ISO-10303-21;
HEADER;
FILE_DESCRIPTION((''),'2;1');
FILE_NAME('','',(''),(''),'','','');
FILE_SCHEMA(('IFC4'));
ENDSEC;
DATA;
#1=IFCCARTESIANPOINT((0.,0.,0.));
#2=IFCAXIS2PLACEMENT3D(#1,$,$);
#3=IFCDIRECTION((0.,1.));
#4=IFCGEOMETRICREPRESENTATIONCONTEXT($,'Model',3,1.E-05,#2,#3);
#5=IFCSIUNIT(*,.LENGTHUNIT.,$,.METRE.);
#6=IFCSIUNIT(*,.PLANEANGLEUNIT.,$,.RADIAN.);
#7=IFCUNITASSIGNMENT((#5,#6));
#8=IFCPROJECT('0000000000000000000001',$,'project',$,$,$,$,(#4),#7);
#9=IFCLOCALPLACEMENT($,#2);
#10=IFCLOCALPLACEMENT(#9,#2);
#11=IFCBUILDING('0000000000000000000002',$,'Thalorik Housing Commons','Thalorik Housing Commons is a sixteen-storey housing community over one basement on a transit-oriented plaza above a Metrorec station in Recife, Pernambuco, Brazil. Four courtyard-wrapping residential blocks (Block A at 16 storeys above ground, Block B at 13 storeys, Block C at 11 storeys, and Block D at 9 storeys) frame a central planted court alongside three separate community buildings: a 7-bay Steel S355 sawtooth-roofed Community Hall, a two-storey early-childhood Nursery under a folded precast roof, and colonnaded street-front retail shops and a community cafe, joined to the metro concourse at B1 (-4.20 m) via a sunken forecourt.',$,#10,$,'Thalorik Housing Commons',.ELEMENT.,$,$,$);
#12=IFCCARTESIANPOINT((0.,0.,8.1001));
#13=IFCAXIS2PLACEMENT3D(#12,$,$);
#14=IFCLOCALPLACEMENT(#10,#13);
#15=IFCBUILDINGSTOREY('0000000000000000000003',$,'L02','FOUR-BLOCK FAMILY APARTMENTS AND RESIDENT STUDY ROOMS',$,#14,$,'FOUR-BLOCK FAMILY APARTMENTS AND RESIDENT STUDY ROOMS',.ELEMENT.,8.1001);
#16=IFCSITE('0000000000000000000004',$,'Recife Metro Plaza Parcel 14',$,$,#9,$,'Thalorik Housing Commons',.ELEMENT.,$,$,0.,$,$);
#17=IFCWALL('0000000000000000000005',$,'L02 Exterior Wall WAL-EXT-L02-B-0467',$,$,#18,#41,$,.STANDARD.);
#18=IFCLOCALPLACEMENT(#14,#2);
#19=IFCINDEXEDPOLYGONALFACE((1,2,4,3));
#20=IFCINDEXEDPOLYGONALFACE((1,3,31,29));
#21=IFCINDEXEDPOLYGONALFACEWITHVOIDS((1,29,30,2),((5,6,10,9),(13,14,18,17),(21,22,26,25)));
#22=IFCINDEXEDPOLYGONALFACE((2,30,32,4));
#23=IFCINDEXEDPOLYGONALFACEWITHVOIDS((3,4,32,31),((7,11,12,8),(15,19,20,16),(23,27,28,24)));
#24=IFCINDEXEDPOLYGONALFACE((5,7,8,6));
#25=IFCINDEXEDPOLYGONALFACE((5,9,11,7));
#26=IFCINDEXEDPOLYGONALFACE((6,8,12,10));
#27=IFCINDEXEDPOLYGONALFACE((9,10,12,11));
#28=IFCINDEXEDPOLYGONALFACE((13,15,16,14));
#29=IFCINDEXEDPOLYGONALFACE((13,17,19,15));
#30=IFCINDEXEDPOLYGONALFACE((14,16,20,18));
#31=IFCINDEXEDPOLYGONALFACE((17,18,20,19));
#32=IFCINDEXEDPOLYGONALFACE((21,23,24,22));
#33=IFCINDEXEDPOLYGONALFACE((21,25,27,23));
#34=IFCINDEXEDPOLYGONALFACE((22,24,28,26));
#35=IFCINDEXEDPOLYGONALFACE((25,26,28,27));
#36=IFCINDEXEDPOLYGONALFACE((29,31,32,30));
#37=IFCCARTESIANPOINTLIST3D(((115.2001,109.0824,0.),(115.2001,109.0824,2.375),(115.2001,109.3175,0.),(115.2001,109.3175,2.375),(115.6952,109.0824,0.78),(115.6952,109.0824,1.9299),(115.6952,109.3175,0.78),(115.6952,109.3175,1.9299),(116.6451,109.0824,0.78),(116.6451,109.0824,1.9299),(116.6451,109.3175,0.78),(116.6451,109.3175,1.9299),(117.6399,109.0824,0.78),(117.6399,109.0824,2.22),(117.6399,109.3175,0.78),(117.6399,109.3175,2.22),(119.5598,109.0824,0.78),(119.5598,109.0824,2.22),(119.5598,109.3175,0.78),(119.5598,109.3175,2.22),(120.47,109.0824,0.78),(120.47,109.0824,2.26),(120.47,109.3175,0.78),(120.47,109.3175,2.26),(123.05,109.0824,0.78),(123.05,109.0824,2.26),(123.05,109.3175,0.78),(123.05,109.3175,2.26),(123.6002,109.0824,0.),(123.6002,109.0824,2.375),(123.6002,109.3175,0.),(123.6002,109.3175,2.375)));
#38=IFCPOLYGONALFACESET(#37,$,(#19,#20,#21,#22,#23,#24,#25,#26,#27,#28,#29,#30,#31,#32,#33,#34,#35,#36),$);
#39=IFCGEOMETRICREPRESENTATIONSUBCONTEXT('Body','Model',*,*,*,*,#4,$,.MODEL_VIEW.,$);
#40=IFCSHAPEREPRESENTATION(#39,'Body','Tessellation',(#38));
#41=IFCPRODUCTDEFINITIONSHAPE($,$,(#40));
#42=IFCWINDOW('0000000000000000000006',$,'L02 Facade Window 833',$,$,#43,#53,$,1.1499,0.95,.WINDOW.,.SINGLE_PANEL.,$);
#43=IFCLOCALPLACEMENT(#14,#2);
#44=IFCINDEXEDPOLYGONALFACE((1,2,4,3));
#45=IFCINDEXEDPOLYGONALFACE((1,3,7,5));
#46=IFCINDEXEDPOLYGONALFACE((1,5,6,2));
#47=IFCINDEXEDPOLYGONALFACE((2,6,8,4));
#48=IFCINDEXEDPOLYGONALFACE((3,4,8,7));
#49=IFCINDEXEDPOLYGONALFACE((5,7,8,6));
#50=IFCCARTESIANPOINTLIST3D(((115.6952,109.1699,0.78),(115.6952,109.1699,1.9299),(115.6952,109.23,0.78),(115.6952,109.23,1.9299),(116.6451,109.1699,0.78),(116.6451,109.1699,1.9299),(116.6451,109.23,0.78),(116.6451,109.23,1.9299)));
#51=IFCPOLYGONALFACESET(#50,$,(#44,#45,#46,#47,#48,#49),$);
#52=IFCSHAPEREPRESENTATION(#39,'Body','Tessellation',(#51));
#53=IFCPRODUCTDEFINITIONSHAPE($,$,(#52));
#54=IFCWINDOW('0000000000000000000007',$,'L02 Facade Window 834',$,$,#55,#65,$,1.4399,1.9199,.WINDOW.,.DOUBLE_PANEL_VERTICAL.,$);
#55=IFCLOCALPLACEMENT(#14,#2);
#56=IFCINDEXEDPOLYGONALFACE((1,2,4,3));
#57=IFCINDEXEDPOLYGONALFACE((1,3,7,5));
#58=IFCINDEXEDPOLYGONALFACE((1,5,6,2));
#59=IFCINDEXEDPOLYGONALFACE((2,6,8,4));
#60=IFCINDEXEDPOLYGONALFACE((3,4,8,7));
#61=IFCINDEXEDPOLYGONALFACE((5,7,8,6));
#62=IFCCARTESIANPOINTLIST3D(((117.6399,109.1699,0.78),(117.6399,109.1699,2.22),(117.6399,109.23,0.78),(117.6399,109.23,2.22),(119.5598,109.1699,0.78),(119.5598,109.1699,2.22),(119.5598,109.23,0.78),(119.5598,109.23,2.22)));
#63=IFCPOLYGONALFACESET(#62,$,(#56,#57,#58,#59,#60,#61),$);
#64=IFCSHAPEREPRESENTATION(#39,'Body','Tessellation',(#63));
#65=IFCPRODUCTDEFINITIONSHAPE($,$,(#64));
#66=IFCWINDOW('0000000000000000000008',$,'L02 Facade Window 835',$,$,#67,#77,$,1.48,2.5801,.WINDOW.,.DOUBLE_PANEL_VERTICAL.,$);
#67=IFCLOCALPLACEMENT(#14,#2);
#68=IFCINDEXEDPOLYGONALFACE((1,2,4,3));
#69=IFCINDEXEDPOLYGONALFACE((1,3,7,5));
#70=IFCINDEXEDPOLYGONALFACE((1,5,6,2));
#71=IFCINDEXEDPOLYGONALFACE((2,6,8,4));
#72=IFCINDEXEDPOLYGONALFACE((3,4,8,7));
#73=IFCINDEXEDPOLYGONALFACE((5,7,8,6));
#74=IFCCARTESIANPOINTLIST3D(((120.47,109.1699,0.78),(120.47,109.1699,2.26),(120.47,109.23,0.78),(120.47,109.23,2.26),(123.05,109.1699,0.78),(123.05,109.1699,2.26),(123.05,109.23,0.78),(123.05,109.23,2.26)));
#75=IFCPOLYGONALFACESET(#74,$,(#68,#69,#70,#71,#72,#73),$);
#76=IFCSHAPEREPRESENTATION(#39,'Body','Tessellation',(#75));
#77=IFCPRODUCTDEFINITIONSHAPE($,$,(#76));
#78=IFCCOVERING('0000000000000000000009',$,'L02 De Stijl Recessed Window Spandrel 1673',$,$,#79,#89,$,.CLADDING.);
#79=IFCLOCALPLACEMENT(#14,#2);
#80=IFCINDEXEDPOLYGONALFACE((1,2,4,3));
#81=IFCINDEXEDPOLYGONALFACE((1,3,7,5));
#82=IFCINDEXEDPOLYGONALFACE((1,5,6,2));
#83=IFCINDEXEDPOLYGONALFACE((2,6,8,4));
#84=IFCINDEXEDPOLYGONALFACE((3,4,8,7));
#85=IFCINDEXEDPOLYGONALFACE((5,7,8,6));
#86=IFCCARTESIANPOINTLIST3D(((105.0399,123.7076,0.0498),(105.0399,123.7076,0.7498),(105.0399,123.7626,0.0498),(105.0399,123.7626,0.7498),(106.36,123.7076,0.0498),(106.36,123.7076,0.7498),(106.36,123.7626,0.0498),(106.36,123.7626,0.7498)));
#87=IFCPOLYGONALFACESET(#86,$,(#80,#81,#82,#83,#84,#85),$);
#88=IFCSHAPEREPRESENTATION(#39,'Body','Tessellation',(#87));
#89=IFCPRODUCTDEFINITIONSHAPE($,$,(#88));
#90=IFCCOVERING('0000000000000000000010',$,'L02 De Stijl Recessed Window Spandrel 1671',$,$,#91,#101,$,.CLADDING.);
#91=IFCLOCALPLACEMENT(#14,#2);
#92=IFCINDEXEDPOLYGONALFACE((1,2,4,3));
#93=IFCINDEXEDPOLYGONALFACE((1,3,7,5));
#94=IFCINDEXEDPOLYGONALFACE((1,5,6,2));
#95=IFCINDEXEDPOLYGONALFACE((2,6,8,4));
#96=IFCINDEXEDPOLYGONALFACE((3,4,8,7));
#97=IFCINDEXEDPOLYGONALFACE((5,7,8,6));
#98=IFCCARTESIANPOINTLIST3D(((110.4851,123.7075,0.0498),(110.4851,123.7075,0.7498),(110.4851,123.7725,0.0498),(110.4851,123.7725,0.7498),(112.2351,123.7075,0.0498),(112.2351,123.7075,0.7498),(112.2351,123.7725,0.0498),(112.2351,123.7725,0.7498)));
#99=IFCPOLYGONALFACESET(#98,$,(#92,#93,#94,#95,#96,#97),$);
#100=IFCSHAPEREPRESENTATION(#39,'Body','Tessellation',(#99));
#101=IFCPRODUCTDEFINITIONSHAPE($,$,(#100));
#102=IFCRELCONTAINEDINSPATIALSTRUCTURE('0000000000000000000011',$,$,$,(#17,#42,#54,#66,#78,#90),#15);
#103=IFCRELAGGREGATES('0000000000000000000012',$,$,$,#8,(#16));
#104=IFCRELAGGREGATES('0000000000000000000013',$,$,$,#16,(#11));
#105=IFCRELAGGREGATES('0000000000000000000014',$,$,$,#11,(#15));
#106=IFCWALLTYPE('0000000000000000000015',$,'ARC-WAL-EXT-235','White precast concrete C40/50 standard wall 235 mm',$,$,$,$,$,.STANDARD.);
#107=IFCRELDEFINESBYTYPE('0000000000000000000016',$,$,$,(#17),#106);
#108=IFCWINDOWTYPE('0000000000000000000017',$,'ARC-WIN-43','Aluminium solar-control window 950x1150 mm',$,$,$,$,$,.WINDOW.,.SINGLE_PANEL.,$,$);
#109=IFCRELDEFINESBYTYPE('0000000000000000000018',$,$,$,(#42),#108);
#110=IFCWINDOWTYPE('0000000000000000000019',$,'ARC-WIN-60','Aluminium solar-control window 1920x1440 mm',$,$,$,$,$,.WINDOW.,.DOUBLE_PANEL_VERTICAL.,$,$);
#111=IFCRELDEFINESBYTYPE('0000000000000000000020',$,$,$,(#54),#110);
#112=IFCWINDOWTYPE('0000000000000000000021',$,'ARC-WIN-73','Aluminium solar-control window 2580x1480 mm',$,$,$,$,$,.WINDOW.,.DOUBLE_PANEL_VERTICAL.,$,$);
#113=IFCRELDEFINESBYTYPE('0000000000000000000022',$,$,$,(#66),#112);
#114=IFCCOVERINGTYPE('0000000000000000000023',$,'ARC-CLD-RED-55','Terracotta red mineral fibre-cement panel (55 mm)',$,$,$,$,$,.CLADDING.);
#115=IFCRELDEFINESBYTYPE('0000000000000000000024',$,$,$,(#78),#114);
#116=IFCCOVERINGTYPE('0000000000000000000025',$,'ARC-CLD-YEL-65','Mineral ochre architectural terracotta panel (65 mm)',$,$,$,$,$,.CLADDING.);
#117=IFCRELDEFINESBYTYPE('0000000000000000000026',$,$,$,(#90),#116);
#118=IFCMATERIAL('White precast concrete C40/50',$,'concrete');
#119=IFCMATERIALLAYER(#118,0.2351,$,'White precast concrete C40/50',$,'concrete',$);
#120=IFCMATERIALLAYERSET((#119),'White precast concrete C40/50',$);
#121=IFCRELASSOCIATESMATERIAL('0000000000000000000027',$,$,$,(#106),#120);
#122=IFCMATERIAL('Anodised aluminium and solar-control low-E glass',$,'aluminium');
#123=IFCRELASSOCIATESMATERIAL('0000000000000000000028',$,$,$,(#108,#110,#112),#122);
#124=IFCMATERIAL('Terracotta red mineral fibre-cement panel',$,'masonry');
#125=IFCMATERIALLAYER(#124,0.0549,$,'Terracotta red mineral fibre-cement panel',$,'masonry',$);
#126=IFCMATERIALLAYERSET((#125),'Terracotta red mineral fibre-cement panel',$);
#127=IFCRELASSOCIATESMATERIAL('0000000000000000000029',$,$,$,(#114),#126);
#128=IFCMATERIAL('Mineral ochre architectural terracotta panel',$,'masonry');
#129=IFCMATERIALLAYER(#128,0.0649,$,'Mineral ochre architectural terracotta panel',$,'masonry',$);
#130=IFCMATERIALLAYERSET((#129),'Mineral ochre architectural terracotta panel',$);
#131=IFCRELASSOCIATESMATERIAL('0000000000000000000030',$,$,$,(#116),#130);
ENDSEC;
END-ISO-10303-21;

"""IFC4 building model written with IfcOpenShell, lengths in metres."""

from ifc_helpers import new_model, si_unit, direction, frame, frame_2d, origin, origin_2d, place, context, subcontext, project, spatial, rectangle, extrude, material, layer, layer_set, type_object, element, fill, save


model = new_model("IFC4")

# Units and contexts
model_context = context("Model", 3, precision=1e-05, world=origin(), true_north=direction((0.0, 1.0)))
body_context = subcontext(model_context, "Body", "Model", "MODEL_VIEW")
ifc_project = project(units=[si_unit("LENGTHUNIT", "METRE"), si_unit("PLANEANGLEUNIT", "RADIAN")], contexts=[model_context])

# Site, building, storey
site_placement = place(None, origin())
site = spatial("IfcSite", under=ifc_project, at=site_placement, Name="Recife Metro Plaza Parcel 14", LongName="Thalorik Housing Commons", CompositionType="ELEMENT", RefElevation=0.0)
building_placement = place(site_placement, origin())
building = spatial("IfcBuilding", under=site, at=building_placement, Name="Thalorik Housing Commons", Description="Thalorik Housing Commons is a sixteen-storey housing community over one basement on a transit-oriented plaza above a Metrorec station in Recife, Pernambuco, Brazil. Four courtyard-wrapping residential blocks (Block A at 16 storeys above ground, Block B at 13 storeys, Block C at 11 storeys, and Block D at 9 storeys) frame a central planted court alongside three separate community buildings: a 7-bay Steel S355 sawtooth-roofed Community Hall, a two-storey early-childhood Nursery under a folded precast roof, and colonnaded street-front retail shops and a community cafe, joined to the metro concourse at B1 (-4.20 m) via a sunken forecourt.", LongName="Thalorik Housing Commons", CompositionType="ELEMENT")
storey_placement = place(building_placement, frame((0.0, 0.0, 8.1001)))
storey = spatial("IfcBuildingStorey", under=building, at=storey_placement, Name="L02", Description="FOUR-BLOCK FAMILY APARTMENTS AND RESIDENT STUDY ROOMS", LongName="FOUR-BLOCK FAMILY APARTMENTS AND RESIDENT STUDY ROOMS", CompositionType="ELEMENT", Elevation=8.1001)

# Shared definitions
ifc_material_1 = material(Name="White precast concrete C40/50", Category="concrete")
ifc_layer_1 = layer(ifc_material_1, 0.2351, Name="White precast concrete C40/50", Category="concrete")
ifc_layer_set_1 = layer_set([ifc_layer_1], Name="White precast concrete C40/50")
wall_type = type_object("IfcWallType", Name="ARC-WAL-EXT-235", Description="White precast concrete C40/50 standard wall 235 mm", PredefinedType="STANDARD", material=ifc_layer_set_1)
ifc_material_2 = material(Name="Anodised aluminium and solar-control low-E glass", Category="aluminium")

# Wall, openings, windows
wall_1_placement = place(storey_placement, frame((115.2, 109.2, 0.0), z_axis=(0.0, 0.0, 1.0), x_axis=(1.0, 0.0, 0.0)))
wall_1 = element("IfcWall", 1, at=wall_1_placement, inside=storey, type_object=wall_type, Name="L02 Exterior Wall WAL-EXT-L02-B-0467", PredefinedType="STANDARD", context=body_context, shape_type="SweptSolid", body=[
    extrude(rectangle(XDim=8.4001, YDim=0.2351, at=frame_2d((4.2002, 0.0))), origin(), (0.0, 0.0, 1.0), 2.375),
])
opening_1_placement = place(wall_1_placement, frame((0.4951, 0.0, 0.78)))
opening_1 = element("IfcOpeningElement", 2, at=opening_1_placement, cuts=wall_1, PredefinedType="OPENING", context=body_context, shape_type="SweptSolid", body=[
    extrude(rectangle(XDim=0.95, YDim=1.1499, at=frame_2d((0.4751, 0.575))), frame((0.0, 0.1274, 0.0), z_axis=(0.0, -1.0, 0.0), x_axis=(1.0, 0.0, 0.0)), (0.0, 0.0, 1.0), 0.2551),
])
opening_2_placement = place(wall_1_placement, frame((2.4399, 0.0, 0.78)))
opening_2 = element("IfcOpeningElement", 3, at=opening_2_placement, cuts=wall_1, PredefinedType="OPENING", context=body_context, shape_type="SweptSolid", body=[
    extrude(rectangle(XDim=1.9199, YDim=1.4399, at=frame_2d((0.96, 0.72))), frame((0.0, 0.1274, 0.0), z_axis=(0.0, -1.0, 0.0), x_axis=(1.0, 0.0, 0.0)), (0.0, 0.0, 1.0), 0.2551),
])
opening_3_placement = place(wall_1_placement, frame((5.27, 0.0, 0.78)))
opening_3 = element("IfcOpeningElement", 4, at=opening_3_placement, cuts=wall_1, PredefinedType="OPENING", context=body_context, shape_type="SweptSolid", body=[
    extrude(rectangle(XDim=2.5801, YDim=1.48, at=frame_2d((1.29, 0.74))), frame((0.0, 0.1274, 0.0), z_axis=(0.0, -1.0, 0.0), x_axis=(1.0, 0.0, 0.0)), (0.0, 0.0, 1.0), 0.2551),
])
window_type_1 = type_object("IfcWindowType", Name="ARC-WIN-43", Description="Aluminium solar-control window 950x1150 mm", PartitioningType="SINGLE_PANEL", PredefinedType="WINDOW", material=ifc_material_2)
window_1_placement = place(opening_1_placement, origin())
window_1 = element("IfcWindow", 5, at=window_1_placement, inside=storey, type_object=window_type_1, Name="L02 Facade Window 833", OverallHeight=1.1499, OverallWidth=0.95, PartitioningType="SINGLE_PANEL", PredefinedType="WINDOW", context=body_context, shape_type="SweptSolid", body=[
    extrude(rectangle(XDim=0.95, YDim=1.1499, at=frame_2d((0.4751, 0.575))), frame((0.0, 0.03, 0.0), z_axis=(0.0, -1.0, 0.0), x_axis=(1.0, 0.0, 0.0)), (0.0, 0.0, 1.0), 0.0601),
])
fill(opening_1, window_1)
window_type_2 = type_object("IfcWindowType", Name="ARC-WIN-60", Description="Aluminium solar-control window 1920x1440 mm", PartitioningType="DOUBLE_PANEL_VERTICAL", PredefinedType="WINDOW", material=ifc_material_2)
window_2_placement = place(opening_2_placement, origin())
window_2 = element("IfcWindow", 6, at=window_2_placement, inside=storey, type_object=window_type_2, Name="L02 Facade Window 834", OverallHeight=1.4399, OverallWidth=1.9199, PartitioningType="DOUBLE_PANEL_VERTICAL", PredefinedType="WINDOW", context=body_context, shape_type="SweptSolid", body=[
    extrude(rectangle(XDim=1.9199, YDim=1.4399, at=frame_2d((0.96, 0.72))), frame((0.0, 0.03, 0.0), z_axis=(0.0, -1.0, 0.0), x_axis=(1.0, 0.0, 0.0)), (0.0, 0.0, 1.0), 0.0601),
])
fill(opening_2, window_2)
window_type_3 = type_object("IfcWindowType", Name="ARC-WIN-73", Description="Aluminium solar-control window 2580x1480 mm", PartitioningType="DOUBLE_PANEL_VERTICAL", PredefinedType="WINDOW", material=ifc_material_2)
window_3_placement = place(opening_3_placement, origin())
window_3 = element("IfcWindow", 7, at=window_3_placement, inside=storey, type_object=window_type_3, Name="L02 Facade Window 835", OverallHeight=1.48, OverallWidth=2.5801, PartitioningType="DOUBLE_PANEL_VERTICAL", PredefinedType="WINDOW", context=body_context, shape_type="SweptSolid", body=[
    extrude(rectangle(XDim=2.5801, YDim=1.48, at=frame_2d((1.29, 0.74))), frame((0.0, 0.03, 0.0), z_axis=(0.0, -1.0, 0.0), x_axis=(1.0, 0.0, 0.0)), (0.0, 0.0, 1.0), 0.0601),
])
fill(opening_3, window_3)

# Coverings
ifc_material_3 = material(Name="Terracotta red mineral fibre-cement panel", Category="masonry")
ifc_layer_2 = layer(ifc_material_3, 0.0549, Name="Terracotta red mineral fibre-cement panel", Category="masonry")
ifc_layer_set_2 = layer_set([ifc_layer_2], Name="Terracotta red mineral fibre-cement panel")
covering_type_1 = type_object("IfcCoveringType", Name="ARC-CLD-RED-55", Description="Terracotta red mineral fibre-cement panel (55 mm)", PredefinedType="CLADDING", material=ifc_layer_set_2)
covering_1_placement = place(storey_placement, frame((105.7, 123.7351, 0.0498), z_axis=(0.0, 0.0, 1.0), x_axis=(-1.0, 0.0, 0.0)))
element("IfcCovering", 8, at=covering_1_placement, inside=storey, type_object=covering_type_1, Name="L02 De Stijl Recessed Window Spandrel 1673", PredefinedType="CLADDING", context=body_context, shape_type="SweptSolid", body=[
    extrude(rectangle(XDim=1.3201, YDim=0.0549, at=origin_2d()), origin(), (0.0, 0.0, 1.0), 0.7),
])
ifc_material_4 = material(Name="Mineral ochre architectural terracotta panel", Category="masonry")
ifc_layer_3 = layer(ifc_material_4, 0.0649, Name="Mineral ochre architectural terracotta panel", Category="masonry")
ifc_layer_set_3 = layer_set([ifc_layer_3], Name="Mineral ochre architectural terracotta panel")
covering_type_2 = type_object("IfcCoveringType", Name="ARC-CLD-YEL-65", Description="Mineral ochre architectural terracotta panel (65 mm)", PredefinedType="CLADDING", material=ifc_layer_set_3)
covering_2_placement = place(storey_placement, frame((111.3601, 123.74, 0.0498), z_axis=(0.0, 0.0, 1.0), x_axis=(-1.0, 0.0, 0.0)))
element("IfcCovering", 9, at=covering_2_placement, inside=storey, type_object=covering_type_2, Name="L02 De Stijl Recessed Window Spandrel 1671", PredefinedType="CLADDING", context=body_context, shape_type="SweptSolid", body=[
    extrude(rectangle(XDim=1.75, YDim=0.0649, at=origin_2d()), origin(), (0.0, 0.0, 1.0), 0.7),
])

save(model, "model.ifc")
